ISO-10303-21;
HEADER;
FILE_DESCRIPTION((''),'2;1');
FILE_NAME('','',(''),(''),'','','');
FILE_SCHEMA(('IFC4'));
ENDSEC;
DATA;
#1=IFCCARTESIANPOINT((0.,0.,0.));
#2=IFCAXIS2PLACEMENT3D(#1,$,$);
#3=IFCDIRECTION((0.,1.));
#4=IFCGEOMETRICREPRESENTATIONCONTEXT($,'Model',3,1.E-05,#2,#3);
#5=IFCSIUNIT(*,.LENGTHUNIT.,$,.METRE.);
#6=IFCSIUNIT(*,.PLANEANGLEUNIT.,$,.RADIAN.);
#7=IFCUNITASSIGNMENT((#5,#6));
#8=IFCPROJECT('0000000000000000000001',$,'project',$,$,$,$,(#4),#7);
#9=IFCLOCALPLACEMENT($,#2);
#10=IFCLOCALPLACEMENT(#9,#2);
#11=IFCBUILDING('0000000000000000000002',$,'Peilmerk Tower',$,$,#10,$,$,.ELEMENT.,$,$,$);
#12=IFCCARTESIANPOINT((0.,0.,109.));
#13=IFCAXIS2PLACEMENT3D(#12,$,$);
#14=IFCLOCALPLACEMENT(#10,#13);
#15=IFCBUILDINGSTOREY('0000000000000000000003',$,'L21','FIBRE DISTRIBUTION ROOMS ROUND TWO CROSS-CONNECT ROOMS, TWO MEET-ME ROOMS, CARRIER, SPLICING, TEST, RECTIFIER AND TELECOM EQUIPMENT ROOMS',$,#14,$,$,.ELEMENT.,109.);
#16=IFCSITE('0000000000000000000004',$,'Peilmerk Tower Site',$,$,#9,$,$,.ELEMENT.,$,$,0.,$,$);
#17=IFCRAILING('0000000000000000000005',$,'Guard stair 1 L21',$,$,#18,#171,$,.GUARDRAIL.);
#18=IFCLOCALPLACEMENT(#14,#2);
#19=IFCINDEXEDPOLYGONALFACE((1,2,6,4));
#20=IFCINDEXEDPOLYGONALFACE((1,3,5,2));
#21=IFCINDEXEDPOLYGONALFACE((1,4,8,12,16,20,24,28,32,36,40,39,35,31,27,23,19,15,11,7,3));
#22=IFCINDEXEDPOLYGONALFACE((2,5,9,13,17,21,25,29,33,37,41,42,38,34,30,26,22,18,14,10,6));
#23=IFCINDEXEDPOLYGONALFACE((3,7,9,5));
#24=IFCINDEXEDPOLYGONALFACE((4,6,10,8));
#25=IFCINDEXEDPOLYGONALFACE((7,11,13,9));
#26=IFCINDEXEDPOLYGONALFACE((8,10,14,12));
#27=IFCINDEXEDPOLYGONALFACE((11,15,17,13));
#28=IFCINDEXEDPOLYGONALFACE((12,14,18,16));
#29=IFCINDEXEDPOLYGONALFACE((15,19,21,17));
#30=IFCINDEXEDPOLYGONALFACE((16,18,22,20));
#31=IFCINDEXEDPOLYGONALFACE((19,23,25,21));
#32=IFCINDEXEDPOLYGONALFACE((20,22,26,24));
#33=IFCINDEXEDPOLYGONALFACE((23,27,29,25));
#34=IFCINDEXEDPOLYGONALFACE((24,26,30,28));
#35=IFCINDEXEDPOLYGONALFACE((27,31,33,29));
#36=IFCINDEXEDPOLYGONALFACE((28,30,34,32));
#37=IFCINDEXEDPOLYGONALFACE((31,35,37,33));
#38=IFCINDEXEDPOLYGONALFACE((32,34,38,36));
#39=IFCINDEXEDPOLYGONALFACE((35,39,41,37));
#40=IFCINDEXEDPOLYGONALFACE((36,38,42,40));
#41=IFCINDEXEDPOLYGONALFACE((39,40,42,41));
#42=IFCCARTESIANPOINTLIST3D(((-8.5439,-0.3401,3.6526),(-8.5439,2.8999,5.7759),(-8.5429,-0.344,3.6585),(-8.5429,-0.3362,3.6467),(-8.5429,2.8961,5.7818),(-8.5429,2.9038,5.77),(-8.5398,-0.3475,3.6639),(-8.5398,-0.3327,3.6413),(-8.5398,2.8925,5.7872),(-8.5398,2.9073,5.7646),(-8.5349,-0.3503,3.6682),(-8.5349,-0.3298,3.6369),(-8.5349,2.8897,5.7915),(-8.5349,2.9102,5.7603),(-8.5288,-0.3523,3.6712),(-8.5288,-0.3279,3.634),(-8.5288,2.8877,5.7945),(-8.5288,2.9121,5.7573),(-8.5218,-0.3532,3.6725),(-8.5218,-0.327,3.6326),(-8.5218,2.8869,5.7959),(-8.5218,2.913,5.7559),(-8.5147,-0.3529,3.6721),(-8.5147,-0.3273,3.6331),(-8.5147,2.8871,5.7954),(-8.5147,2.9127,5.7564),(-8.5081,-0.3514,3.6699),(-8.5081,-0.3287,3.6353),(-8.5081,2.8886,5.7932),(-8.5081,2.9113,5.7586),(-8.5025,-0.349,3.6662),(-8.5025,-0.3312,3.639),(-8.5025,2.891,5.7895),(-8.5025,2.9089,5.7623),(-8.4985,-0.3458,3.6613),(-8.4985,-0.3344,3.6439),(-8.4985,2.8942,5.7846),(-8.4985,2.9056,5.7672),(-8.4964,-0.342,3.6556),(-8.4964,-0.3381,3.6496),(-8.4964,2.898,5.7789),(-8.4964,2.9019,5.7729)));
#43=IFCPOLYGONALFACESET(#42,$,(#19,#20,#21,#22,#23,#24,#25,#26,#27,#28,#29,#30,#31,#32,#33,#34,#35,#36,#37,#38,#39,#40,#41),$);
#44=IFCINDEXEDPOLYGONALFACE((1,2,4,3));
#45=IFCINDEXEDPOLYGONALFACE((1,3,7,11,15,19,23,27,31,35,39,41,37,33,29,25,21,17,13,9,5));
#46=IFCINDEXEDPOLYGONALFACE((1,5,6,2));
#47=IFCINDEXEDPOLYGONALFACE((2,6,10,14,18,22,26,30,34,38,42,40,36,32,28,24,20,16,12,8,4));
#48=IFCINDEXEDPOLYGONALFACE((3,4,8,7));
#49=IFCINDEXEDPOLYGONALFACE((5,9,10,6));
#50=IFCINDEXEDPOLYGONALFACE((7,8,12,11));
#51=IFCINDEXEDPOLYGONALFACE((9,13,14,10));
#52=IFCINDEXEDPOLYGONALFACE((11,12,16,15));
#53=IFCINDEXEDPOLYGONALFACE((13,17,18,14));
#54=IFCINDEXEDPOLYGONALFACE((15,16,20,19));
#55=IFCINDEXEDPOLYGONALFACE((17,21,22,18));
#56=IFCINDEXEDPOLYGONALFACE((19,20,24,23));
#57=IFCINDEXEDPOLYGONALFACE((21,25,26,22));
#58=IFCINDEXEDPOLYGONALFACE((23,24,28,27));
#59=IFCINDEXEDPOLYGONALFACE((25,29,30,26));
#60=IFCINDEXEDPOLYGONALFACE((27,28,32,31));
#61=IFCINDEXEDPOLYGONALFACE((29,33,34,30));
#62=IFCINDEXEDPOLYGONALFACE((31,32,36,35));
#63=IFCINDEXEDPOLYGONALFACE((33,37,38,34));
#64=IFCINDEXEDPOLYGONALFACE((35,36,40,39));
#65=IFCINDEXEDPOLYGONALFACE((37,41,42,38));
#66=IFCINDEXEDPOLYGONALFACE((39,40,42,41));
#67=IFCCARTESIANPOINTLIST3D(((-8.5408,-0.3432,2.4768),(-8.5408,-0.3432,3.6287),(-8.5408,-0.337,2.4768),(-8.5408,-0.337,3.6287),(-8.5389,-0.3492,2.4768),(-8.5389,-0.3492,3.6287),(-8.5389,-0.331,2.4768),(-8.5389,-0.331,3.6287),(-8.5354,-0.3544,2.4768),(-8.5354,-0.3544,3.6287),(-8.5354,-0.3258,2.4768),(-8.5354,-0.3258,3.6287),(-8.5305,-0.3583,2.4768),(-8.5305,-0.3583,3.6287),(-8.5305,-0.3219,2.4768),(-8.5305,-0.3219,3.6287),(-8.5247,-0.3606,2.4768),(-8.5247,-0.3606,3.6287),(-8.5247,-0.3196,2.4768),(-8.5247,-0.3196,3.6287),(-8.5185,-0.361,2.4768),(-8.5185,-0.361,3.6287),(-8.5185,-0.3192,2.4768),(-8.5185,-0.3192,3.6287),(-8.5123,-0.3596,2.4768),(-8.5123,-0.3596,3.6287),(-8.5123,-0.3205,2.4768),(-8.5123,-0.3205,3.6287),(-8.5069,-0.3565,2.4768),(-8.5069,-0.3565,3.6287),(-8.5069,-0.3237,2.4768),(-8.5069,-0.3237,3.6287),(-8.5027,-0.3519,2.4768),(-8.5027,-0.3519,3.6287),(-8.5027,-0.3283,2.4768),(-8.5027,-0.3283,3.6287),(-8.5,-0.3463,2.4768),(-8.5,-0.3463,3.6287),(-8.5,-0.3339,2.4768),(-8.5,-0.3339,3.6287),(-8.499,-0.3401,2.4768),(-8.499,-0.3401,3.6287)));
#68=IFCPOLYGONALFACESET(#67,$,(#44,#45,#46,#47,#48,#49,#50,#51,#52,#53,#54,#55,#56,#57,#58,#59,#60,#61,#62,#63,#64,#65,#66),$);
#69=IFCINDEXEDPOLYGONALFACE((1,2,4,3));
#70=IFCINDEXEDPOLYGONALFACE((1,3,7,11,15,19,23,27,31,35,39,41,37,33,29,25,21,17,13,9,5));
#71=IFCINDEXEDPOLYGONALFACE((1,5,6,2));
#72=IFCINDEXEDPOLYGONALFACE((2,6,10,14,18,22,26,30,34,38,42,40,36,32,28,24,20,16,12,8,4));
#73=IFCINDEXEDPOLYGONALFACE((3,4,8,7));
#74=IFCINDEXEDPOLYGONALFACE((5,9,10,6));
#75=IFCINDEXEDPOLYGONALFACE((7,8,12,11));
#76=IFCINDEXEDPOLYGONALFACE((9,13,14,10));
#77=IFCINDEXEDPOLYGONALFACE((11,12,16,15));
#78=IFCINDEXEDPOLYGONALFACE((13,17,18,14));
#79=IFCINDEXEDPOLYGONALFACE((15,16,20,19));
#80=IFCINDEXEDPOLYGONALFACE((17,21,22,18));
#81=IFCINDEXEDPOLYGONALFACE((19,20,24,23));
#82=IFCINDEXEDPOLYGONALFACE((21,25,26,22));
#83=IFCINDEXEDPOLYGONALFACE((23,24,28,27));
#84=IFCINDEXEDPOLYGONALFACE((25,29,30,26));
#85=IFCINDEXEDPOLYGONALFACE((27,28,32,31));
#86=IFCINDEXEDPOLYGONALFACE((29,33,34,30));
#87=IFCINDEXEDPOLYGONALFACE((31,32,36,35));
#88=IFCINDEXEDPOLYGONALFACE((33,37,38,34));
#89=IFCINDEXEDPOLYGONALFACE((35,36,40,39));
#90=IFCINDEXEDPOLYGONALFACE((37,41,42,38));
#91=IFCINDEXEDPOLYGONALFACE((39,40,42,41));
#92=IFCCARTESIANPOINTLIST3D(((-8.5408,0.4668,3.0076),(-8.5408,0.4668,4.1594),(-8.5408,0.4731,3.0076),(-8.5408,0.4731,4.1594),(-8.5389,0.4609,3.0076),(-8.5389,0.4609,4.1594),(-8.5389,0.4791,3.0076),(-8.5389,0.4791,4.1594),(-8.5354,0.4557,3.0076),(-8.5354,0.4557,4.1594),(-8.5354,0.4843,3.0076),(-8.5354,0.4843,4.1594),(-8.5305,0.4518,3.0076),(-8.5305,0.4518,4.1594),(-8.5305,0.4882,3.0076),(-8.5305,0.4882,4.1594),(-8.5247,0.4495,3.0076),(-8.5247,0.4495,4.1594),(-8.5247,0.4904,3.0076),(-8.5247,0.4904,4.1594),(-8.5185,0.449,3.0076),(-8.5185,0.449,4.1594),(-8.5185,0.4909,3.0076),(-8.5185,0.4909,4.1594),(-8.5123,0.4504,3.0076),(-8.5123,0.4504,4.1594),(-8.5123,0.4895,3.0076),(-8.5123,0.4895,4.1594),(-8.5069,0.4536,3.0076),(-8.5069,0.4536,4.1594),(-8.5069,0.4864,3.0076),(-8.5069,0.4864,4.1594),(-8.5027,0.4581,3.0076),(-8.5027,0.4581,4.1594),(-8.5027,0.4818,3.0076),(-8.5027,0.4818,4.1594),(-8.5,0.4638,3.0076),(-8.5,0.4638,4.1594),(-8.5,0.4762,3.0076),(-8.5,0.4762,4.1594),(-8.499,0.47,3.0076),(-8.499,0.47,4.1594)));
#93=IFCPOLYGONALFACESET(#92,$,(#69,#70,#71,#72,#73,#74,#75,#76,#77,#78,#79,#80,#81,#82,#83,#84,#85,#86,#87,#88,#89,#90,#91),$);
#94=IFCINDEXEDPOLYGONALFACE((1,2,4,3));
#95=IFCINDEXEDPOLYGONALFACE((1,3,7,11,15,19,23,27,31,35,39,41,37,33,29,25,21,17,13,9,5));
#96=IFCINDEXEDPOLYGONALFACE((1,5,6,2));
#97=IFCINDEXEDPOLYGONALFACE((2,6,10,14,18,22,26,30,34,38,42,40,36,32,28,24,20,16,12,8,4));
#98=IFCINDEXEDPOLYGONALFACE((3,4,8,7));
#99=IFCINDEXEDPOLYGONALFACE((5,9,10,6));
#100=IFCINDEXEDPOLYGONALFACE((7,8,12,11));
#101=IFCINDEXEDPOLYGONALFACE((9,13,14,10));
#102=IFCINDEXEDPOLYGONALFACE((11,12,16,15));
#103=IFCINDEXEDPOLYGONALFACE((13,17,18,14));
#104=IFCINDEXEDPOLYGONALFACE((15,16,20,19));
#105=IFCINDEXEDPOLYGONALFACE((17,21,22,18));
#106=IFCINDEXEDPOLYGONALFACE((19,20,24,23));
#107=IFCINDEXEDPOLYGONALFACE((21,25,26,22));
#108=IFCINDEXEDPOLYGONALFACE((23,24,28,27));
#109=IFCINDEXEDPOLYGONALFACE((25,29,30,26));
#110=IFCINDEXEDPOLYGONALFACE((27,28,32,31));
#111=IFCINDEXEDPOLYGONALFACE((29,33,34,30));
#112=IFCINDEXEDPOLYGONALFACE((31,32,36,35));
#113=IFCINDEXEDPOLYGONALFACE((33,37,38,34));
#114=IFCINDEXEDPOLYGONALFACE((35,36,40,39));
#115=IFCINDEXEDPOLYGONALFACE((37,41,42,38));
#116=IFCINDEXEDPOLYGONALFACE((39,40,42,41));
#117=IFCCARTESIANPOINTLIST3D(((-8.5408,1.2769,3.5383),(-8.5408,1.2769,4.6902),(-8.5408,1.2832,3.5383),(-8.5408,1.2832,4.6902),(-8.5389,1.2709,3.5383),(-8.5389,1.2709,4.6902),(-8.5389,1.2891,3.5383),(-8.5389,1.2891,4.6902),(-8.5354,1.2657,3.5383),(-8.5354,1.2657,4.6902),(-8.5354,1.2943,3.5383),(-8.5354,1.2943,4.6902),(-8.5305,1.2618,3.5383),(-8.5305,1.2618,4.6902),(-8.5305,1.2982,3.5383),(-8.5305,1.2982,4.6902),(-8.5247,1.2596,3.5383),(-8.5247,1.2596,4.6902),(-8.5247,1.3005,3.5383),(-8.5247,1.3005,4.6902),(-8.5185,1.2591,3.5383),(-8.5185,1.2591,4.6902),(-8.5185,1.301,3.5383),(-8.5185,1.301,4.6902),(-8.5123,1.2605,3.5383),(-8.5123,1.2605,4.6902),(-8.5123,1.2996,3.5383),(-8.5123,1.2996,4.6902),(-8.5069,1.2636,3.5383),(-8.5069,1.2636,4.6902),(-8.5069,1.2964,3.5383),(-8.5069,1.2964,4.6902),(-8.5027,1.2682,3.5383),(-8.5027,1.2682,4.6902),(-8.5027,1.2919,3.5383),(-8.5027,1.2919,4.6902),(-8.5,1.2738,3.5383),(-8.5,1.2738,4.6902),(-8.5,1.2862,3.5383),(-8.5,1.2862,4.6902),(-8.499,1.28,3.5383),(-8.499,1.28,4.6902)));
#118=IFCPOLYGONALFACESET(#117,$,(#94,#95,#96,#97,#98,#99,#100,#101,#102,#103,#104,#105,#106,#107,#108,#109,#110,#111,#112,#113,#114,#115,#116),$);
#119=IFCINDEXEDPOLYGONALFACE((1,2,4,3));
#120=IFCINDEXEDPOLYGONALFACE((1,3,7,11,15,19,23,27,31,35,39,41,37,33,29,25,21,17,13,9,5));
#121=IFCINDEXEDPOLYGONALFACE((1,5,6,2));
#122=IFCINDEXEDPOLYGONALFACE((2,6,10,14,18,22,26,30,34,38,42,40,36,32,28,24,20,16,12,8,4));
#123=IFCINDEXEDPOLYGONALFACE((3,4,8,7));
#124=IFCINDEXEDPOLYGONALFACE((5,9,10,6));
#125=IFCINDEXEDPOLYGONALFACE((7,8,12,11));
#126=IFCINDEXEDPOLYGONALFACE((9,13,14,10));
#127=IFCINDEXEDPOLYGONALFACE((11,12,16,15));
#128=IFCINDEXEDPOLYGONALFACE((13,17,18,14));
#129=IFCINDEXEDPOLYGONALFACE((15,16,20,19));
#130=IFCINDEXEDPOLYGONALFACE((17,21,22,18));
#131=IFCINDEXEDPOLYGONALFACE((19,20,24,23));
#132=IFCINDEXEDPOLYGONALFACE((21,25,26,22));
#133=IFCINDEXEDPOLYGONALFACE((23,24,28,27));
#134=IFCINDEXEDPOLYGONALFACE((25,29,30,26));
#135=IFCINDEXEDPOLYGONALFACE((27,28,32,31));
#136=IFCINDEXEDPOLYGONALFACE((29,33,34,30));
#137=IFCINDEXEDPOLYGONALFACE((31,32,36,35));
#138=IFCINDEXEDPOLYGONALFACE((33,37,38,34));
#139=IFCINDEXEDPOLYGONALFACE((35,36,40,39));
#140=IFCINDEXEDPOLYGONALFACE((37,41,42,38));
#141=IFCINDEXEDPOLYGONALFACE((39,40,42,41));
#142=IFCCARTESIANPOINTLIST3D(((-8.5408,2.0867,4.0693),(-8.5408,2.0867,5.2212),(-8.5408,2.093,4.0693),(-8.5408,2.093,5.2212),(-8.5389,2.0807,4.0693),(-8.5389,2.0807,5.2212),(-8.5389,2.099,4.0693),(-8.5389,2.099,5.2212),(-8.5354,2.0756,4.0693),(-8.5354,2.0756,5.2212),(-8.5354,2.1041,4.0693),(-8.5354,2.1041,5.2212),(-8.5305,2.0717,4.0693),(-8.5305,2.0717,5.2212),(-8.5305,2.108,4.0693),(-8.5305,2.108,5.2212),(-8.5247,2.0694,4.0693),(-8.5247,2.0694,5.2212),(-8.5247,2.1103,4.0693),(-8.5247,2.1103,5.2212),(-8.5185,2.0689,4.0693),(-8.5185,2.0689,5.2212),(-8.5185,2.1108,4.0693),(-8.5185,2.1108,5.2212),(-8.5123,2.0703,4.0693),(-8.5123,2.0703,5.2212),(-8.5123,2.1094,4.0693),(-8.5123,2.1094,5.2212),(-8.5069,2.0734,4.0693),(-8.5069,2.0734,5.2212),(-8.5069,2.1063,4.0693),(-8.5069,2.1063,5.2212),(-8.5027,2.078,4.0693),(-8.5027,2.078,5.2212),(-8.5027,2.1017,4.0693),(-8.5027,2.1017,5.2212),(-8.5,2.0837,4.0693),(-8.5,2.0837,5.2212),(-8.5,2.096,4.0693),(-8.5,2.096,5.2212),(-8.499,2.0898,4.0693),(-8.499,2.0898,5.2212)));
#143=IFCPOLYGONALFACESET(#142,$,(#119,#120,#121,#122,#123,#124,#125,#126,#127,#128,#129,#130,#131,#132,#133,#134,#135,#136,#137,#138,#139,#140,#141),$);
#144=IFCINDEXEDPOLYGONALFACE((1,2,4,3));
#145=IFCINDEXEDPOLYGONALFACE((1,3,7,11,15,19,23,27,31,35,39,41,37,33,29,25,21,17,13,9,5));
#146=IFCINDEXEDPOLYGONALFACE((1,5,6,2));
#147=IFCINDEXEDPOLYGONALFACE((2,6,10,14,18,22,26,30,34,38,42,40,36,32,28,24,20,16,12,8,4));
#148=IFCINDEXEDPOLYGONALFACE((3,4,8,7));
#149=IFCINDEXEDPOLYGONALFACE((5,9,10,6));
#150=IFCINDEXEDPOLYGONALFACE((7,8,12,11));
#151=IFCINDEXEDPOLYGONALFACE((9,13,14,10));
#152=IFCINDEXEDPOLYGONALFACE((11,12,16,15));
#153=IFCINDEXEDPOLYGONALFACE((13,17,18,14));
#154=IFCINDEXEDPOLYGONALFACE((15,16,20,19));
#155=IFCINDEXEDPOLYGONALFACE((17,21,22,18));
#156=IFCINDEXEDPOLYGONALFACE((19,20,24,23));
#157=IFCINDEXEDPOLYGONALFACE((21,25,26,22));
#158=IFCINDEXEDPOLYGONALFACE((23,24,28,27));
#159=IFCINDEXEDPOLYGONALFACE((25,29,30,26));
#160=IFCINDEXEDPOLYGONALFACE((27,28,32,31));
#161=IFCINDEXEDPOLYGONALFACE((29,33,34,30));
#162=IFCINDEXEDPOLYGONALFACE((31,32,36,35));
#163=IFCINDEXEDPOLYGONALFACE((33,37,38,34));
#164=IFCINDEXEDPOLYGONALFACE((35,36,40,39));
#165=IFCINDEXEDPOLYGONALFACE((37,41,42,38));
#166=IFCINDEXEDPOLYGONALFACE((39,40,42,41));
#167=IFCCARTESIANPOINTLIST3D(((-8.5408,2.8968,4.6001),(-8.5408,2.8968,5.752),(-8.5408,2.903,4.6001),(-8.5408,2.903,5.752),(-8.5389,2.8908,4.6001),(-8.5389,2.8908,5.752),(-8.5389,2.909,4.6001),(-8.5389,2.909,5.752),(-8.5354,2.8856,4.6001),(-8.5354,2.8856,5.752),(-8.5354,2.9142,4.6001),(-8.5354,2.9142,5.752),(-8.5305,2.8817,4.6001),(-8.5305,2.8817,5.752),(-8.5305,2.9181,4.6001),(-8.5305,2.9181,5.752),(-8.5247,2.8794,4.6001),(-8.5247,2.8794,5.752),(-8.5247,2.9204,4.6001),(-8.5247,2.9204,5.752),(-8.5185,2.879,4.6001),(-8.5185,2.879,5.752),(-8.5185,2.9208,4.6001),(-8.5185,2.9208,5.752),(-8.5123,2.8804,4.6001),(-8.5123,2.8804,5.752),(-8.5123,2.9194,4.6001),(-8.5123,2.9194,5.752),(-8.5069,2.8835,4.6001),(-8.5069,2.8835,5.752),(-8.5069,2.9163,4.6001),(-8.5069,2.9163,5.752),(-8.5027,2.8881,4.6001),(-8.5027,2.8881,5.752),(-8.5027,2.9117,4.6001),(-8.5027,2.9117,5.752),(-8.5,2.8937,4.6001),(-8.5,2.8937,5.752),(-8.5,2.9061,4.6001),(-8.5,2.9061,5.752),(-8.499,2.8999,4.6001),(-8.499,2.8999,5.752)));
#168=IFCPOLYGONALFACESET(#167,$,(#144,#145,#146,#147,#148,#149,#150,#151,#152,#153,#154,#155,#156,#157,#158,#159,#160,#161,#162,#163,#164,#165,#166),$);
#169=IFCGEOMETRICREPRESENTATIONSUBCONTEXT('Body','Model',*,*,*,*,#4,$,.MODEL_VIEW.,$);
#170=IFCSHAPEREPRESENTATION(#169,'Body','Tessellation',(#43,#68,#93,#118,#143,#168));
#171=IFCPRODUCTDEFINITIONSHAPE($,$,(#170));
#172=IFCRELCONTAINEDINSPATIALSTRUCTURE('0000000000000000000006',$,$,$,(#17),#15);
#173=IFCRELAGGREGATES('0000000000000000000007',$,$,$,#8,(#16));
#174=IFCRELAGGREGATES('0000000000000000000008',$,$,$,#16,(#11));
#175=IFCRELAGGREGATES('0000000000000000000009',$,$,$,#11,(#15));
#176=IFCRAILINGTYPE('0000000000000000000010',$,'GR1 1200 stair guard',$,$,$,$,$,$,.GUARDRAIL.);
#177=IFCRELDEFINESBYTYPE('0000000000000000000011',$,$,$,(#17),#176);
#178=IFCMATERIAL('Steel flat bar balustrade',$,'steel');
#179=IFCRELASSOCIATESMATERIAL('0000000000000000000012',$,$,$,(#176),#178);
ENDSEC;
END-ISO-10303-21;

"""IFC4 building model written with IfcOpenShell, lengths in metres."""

from ifc_helpers import new_model, si_unit, direction, frame, origin, origin_2d, place, context, subcontext, project, spatial, circle, extrude, material, type_object, element, save


model = new_model("IFC4")

# Units and contexts
model_context = context("Model", 3, precision=1e-05, world=origin(), true_north=direction((0.0, 1.0)))
body_context = subcontext(model_context, "Body", "Model", "MODEL_VIEW")
ifc_project = project(units=[si_unit("LENGTHUNIT", "METRE"), si_unit("PLANEANGLEUNIT", "RADIAN")], contexts=[model_context])

# Site, building, storey
site_placement = place(None, origin())
site = spatial("IfcSite", under=ifc_project, at=site_placement, Name="Peilmerk Tower Site", CompositionType="ELEMENT", RefElevation=0.0)
building_placement = place(site_placement, origin())
building = spatial("IfcBuilding", under=site, at=building_placement, Name="Peilmerk Tower", CompositionType="ELEMENT")
storey_placement = place(building_placement, frame((0.0, 0.0, 109.0)))
storey = spatial("IfcBuildingStorey", under=building, at=storey_placement, Name="L21", Description="FIBRE DISTRIBUTION ROOMS ROUND TWO CROSS-CONNECT ROOMS, TWO MEET-ME ROOMS, CARRIER, SPLICING, TEST, RECTIFIER AND TELECOM EQUIPMENT ROOMS", CompositionType="ELEMENT", Elevation=109.0)

# Railing
ifc_material_1 = material(Name="Steel flat bar balustrade", Category="steel")
railing_type_1 = type_object("IfcRailingType", Name="GR1 1200 stair guard", PredefinedType="GUARDRAIL", material=ifc_material_1)
railing_1_placement = place(storey_placement, frame((-8.52, -0.3401, 2.4768)))
element("IfcRailing", 1, at=railing_1_placement, inside=storey, type_object=railing_type_1, Name="Guard stair 1 L21", PredefinedType="GUARDRAIL", context=body_context, shape_type="SweptSolid", body=[
    extrude(circle(Radius=0.0239, at=origin_2d()), frame((0.0, 0.0, 1.1758), z_axis=(0.0, 0.836397, 0.548124), x_axis=(-1.0, 0.0, 0.0)), (0.0, 0.0, 1.0), 3.8738),
    extrude(circle(Radius=0.021, at=origin_2d()), origin(), (0.0, 0.0, 1.0), 1.1519),
    extrude(circle(Radius=0.021, at=origin_2d()), frame((0.0, 0.8101, 0.5308)), (0.0, 0.0, 1.0), 1.1519),
    extrude(circle(Radius=0.021, at=origin_2d()), frame((0.0, 1.6201, 1.0615)), (0.0, 0.0, 1.0), 1.1519),
    extrude(circle(Radius=0.021, at=origin_2d()), frame((0.0, 2.4299, 1.5925)), (0.0, 0.0, 1.0), 1.1519),
    extrude(circle(Radius=0.021, at=origin_2d()), frame((0.0, 3.24, 2.1233)), (0.0, 0.0, 1.0), 1.1519),
])

save(model, "model.ifc")
